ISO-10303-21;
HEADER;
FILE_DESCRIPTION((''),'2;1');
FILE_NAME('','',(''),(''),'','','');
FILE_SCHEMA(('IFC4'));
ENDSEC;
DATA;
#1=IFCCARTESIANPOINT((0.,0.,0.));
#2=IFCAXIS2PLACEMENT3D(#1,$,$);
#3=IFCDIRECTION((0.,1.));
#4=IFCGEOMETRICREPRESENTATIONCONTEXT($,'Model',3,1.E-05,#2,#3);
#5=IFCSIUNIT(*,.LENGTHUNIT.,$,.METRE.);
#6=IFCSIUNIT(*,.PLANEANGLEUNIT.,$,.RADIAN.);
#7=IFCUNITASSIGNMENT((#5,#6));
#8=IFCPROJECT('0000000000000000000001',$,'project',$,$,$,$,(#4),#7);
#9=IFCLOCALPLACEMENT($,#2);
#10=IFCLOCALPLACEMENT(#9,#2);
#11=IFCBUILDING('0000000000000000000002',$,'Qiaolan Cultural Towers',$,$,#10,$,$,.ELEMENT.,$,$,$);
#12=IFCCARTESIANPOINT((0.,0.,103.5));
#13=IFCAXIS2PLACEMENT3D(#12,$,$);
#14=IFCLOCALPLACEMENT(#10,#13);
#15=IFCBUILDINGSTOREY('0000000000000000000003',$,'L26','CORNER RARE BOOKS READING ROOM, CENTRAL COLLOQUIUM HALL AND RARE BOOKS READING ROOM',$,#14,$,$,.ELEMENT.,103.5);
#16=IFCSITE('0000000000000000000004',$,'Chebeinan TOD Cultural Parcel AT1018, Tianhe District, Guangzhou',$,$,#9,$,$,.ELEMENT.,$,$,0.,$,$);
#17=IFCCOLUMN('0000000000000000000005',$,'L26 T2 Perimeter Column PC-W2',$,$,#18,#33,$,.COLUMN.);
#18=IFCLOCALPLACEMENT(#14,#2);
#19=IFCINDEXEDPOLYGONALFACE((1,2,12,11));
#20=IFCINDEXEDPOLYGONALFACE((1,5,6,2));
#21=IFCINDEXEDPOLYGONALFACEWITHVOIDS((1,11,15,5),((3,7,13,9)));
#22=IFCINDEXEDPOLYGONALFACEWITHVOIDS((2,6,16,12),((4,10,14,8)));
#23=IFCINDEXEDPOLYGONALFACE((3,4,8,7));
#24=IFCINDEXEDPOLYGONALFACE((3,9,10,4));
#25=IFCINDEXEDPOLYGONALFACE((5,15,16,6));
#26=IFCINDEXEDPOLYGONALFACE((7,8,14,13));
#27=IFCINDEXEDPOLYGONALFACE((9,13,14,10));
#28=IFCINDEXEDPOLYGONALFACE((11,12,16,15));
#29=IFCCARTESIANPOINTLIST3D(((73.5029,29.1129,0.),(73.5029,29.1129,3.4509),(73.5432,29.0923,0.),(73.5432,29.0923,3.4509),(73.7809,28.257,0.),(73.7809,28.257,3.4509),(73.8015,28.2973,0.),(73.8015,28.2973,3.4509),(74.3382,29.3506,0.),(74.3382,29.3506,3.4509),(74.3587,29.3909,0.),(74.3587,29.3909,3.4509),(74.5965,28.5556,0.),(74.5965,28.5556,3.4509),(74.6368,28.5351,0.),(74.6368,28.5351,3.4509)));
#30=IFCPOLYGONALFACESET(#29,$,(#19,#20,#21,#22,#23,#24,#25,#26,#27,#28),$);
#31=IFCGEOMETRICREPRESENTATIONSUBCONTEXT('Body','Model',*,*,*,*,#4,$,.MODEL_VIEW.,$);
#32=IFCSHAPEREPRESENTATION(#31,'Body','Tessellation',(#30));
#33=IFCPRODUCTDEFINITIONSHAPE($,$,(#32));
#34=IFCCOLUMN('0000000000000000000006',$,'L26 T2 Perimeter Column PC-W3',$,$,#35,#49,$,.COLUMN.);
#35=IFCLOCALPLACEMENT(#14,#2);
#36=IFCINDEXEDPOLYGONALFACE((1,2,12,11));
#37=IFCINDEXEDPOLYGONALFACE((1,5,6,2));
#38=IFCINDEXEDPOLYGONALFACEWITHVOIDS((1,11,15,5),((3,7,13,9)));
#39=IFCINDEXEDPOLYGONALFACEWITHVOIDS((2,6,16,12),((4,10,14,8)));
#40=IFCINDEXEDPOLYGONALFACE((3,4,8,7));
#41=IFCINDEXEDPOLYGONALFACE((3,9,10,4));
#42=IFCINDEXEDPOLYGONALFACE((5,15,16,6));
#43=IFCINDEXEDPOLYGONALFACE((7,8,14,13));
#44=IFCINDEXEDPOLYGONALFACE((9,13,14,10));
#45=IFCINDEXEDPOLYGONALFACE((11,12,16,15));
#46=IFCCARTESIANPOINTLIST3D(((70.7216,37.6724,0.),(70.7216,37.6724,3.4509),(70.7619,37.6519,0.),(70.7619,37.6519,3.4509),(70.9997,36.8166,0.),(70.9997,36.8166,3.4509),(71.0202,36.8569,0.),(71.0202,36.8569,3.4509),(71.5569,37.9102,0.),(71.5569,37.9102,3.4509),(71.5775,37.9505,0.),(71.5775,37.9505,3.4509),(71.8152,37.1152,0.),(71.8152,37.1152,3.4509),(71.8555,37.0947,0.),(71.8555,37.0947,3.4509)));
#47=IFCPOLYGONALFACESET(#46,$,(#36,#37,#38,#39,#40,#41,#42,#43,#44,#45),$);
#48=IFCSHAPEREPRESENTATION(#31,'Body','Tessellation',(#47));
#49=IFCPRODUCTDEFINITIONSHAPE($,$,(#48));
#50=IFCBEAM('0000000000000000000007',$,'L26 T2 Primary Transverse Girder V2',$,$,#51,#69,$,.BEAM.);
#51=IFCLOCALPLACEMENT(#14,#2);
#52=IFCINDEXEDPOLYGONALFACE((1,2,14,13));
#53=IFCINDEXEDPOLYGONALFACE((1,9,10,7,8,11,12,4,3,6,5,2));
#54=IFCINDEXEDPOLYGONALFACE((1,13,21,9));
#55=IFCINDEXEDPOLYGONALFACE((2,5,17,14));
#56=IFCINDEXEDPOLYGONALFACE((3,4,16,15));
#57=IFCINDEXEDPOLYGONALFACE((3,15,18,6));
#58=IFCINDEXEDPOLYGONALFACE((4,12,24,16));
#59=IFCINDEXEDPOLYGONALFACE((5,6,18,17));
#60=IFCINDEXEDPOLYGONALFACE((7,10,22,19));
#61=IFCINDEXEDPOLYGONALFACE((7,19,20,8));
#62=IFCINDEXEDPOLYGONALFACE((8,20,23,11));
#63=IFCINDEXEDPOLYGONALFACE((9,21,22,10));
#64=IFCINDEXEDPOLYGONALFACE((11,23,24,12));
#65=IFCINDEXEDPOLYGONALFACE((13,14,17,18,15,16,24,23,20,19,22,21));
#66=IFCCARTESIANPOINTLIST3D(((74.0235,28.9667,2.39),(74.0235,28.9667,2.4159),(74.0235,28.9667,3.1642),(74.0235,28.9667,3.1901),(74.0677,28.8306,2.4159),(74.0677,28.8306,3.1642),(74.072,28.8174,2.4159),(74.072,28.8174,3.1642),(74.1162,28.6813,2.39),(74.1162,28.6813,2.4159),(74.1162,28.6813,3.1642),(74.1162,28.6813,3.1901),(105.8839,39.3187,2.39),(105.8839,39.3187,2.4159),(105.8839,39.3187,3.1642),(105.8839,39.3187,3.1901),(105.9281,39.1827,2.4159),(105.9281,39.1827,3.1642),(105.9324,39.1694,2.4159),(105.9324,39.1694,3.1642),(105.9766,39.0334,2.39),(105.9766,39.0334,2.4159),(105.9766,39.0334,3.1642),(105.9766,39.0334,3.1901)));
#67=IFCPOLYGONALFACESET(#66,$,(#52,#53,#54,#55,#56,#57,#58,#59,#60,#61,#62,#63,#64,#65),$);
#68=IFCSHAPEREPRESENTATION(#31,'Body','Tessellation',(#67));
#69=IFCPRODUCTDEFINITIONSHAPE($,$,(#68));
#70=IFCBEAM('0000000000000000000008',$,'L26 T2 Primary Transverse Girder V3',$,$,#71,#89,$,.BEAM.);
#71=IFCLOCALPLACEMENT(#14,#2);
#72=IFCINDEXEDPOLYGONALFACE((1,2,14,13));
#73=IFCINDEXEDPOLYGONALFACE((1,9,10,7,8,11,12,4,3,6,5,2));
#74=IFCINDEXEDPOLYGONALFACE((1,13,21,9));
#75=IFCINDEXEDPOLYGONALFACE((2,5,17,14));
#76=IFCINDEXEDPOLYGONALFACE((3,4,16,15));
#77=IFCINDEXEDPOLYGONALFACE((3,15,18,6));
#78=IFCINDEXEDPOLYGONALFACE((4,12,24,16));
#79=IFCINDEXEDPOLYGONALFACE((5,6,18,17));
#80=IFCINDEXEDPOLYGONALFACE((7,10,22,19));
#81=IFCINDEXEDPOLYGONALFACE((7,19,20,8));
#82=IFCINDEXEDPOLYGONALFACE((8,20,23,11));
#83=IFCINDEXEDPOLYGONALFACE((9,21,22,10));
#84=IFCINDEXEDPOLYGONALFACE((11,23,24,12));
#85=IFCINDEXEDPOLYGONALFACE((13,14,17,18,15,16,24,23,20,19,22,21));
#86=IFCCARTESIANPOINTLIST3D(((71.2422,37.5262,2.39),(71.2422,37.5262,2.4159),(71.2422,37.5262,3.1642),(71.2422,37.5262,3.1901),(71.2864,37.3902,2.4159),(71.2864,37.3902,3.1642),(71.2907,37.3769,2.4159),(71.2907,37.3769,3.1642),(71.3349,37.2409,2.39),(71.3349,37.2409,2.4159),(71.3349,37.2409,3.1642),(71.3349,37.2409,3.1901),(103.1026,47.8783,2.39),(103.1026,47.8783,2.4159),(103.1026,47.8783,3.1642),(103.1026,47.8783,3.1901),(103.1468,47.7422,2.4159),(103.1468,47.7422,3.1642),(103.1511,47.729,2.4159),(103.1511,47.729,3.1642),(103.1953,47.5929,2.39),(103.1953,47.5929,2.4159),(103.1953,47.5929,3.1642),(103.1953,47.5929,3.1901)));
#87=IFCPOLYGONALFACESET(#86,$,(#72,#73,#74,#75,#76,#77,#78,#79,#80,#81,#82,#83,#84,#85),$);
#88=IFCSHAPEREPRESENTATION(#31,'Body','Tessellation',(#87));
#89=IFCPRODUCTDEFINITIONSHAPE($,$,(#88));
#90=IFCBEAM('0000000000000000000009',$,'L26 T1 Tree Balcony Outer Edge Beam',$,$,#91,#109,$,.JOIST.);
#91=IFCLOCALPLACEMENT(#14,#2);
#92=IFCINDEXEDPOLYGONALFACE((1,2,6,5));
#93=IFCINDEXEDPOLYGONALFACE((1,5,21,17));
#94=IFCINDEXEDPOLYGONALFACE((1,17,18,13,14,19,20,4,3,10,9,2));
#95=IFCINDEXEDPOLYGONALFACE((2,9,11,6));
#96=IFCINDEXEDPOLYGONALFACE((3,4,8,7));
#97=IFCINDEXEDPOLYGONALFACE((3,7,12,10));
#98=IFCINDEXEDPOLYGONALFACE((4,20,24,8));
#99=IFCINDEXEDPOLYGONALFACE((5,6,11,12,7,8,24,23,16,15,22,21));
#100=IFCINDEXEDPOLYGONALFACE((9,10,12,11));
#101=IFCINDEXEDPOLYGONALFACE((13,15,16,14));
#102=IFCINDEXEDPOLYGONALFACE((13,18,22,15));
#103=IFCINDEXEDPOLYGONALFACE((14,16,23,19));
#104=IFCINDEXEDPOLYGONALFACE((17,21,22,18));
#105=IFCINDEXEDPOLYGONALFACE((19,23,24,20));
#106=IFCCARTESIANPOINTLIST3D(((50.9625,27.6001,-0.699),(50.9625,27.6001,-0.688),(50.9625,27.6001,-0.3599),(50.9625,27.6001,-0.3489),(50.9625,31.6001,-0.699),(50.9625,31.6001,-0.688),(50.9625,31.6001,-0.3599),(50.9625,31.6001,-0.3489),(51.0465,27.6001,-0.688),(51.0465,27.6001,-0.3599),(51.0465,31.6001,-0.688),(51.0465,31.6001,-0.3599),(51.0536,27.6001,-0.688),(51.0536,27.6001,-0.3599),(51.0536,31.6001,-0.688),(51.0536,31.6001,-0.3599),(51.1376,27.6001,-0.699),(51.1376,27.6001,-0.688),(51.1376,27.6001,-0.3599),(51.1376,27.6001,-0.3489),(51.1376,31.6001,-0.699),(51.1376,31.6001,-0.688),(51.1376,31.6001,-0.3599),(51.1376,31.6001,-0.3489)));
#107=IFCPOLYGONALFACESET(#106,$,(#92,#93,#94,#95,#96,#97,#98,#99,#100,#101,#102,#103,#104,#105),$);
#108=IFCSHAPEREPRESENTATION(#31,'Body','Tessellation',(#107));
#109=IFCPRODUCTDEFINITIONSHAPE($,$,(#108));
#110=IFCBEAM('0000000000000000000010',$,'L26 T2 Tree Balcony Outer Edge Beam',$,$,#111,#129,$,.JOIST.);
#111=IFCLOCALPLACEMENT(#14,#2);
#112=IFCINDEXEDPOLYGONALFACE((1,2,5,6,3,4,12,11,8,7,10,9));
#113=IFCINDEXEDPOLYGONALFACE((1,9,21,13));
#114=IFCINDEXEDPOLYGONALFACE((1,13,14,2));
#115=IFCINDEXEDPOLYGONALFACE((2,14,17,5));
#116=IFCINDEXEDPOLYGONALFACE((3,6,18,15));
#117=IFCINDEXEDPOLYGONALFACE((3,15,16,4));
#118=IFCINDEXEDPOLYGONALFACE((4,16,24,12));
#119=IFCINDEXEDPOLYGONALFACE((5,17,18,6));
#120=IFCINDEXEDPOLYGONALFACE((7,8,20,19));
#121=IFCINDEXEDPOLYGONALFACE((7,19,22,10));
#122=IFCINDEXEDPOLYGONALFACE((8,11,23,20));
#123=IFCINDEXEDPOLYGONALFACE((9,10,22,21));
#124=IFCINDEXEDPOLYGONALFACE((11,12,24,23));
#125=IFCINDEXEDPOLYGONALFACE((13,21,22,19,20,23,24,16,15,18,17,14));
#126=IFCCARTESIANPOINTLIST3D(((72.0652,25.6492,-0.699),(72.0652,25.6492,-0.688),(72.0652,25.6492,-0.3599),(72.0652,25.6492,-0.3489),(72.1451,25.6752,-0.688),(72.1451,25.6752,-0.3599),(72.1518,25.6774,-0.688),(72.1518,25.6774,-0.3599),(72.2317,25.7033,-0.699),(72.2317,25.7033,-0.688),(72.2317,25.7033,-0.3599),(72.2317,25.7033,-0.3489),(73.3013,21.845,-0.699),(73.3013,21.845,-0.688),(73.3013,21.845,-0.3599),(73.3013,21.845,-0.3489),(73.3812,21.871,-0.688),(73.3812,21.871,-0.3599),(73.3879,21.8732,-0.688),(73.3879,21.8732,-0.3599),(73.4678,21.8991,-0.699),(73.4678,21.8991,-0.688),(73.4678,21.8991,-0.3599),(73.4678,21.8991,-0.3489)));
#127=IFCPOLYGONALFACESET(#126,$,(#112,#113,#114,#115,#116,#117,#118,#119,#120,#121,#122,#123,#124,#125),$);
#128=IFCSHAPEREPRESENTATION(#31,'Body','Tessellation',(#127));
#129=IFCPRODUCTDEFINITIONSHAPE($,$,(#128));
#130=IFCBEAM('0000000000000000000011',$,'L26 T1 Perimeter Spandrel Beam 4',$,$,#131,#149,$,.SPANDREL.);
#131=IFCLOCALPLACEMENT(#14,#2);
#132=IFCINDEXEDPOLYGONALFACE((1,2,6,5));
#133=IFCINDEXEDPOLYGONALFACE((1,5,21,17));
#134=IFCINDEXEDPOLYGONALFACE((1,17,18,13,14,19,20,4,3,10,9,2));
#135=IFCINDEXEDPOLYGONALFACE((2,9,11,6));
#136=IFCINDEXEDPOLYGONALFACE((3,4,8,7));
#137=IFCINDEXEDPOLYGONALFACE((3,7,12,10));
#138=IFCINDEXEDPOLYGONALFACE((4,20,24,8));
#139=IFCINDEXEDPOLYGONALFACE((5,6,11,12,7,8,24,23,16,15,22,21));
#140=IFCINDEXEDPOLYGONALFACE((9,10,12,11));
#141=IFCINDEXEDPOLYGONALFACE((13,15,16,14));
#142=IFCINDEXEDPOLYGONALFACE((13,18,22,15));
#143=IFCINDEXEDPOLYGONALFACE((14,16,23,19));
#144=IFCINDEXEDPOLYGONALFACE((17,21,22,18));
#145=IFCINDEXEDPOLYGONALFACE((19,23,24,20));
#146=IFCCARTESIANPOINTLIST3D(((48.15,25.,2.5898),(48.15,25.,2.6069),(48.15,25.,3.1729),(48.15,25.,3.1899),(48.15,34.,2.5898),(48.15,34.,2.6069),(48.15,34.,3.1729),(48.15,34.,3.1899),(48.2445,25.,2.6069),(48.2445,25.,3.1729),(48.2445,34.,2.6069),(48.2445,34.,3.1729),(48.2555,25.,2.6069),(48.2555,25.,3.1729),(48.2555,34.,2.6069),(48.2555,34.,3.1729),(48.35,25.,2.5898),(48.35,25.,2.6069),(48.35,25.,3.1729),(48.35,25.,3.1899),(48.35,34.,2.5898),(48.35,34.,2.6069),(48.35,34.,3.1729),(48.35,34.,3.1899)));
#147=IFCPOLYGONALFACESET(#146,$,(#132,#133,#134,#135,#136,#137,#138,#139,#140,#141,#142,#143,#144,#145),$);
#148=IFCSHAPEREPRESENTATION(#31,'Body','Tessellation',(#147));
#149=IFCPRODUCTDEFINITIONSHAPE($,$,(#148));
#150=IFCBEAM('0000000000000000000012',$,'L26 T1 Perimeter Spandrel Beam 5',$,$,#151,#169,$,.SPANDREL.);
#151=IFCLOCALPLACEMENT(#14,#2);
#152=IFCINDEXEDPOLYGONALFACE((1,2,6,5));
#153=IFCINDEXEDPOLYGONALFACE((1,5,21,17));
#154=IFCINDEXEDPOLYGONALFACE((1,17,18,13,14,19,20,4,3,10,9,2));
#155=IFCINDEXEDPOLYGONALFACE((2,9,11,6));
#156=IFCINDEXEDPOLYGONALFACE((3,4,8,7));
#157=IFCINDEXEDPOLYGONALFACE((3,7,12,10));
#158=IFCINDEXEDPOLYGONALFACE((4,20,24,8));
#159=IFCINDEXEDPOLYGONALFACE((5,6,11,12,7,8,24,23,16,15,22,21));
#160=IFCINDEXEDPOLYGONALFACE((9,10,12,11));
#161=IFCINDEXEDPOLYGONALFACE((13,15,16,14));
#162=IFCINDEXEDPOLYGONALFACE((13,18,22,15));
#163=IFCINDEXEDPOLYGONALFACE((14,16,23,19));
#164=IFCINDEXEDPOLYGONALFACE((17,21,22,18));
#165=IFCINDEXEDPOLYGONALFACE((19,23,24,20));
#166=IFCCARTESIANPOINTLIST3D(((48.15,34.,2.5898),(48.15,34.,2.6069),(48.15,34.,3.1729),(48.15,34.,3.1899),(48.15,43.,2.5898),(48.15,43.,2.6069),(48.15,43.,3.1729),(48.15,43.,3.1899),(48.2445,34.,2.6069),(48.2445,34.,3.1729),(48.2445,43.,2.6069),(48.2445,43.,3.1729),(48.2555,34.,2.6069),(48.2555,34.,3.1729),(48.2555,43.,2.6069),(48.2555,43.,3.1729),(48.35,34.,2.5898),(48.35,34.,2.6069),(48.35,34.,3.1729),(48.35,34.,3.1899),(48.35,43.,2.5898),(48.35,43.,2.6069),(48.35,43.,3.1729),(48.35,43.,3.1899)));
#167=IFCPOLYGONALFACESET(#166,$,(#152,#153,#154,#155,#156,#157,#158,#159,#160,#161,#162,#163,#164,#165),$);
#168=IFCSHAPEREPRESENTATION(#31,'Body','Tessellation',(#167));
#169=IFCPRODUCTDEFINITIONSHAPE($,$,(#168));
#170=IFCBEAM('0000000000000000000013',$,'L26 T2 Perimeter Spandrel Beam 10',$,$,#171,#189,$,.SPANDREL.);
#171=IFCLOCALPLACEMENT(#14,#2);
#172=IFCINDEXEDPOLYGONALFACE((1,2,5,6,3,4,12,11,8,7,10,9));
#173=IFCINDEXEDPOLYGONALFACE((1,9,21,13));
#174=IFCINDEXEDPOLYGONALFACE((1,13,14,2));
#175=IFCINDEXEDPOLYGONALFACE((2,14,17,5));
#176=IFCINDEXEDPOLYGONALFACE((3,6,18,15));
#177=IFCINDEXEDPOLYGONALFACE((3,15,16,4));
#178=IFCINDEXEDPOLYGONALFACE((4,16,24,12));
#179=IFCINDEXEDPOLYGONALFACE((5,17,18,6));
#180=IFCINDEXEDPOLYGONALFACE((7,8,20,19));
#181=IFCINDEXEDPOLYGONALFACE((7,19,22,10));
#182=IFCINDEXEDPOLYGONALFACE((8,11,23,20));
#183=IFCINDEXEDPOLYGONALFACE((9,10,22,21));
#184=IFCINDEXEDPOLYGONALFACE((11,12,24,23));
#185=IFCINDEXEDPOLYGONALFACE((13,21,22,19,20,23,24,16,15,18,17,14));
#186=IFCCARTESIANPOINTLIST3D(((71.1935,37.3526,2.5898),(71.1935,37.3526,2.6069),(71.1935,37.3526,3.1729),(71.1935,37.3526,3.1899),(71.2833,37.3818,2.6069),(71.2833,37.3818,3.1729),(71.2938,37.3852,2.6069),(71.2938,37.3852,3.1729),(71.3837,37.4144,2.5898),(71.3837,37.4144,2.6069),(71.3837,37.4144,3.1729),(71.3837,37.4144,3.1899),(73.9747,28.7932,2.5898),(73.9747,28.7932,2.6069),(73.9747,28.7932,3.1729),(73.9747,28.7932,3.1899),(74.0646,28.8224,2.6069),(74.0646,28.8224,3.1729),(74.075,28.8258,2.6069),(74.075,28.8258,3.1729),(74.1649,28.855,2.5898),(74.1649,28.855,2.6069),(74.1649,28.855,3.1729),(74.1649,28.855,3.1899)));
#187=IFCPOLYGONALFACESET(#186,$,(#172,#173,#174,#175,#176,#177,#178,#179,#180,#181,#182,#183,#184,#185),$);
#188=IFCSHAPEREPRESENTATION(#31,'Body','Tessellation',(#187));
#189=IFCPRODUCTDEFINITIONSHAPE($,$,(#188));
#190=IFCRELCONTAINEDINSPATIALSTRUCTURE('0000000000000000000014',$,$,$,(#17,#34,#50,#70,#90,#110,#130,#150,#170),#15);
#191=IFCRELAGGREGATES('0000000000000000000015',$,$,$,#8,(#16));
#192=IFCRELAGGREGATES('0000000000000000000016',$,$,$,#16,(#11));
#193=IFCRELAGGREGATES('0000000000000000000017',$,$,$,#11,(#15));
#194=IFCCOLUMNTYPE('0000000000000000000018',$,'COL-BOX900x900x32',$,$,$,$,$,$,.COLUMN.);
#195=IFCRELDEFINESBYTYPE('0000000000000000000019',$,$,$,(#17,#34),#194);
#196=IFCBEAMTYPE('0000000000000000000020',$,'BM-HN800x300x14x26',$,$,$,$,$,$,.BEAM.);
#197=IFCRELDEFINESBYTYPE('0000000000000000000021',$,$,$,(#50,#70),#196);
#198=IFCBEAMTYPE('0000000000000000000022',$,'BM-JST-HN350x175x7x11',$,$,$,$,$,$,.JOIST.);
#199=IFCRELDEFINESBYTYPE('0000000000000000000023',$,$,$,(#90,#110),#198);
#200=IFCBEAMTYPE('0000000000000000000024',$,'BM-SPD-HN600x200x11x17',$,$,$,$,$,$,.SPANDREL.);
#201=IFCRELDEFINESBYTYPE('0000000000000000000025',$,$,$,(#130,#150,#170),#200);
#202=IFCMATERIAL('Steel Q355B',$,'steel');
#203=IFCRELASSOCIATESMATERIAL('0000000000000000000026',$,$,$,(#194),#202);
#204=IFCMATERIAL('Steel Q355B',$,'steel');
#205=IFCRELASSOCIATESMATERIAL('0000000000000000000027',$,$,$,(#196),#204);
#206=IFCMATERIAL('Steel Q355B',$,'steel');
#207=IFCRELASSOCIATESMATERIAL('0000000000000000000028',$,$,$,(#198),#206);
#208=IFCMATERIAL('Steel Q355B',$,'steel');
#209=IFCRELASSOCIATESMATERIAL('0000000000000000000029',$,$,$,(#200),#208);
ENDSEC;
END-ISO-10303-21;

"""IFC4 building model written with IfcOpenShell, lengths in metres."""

from ifc_helpers import new_model, si_unit, direction, frame, origin, origin_2d, place, context, subcontext, project, spatial, hollow_rectangle, i_section, extrude, material, material_profile, profile_set, type_object, element, save


model = new_model("IFC4")

# Units and contexts
model_context = context("Model", 3, precision=1e-05, world=origin(), true_north=direction((0.0, 1.0)))
body_context = subcontext(model_context, "Body", "Model", "MODEL_VIEW")
ifc_project = project(units=[si_unit("LENGTHUNIT", "METRE"), si_unit("PLANEANGLEUNIT", "RADIAN")], contexts=[model_context])

# Site, building, storey
site_placement = place(None, origin())
site = spatial("IfcSite", under=ifc_project, at=site_placement, Name="Chebeinan TOD Cultural Parcel AT1018, Tianhe District, Guangzhou", CompositionType="ELEMENT", RefElevation=0.0)
building_placement = place(site_placement, origin())
building = spatial("IfcBuilding", under=site, at=building_placement, Name="Qiaolan Cultural Towers", CompositionType="ELEMENT")
storey_placement = place(building_placement, frame((0.0, 0.0, 103.5)))
storey = spatial("IfcBuildingStorey", under=building, at=storey_placement, Name="L26", Description="CORNER RARE BOOKS READING ROOM, CENTRAL COLLOQUIUM HALL AND RARE BOOKS READING ROOM", CompositionType="ELEMENT", Elevation=103.5)

# Columns
ifc_material_1 = material(Name="Steel Q355B", Category="steel")
ifc_material_profile_1 = material_profile(ifc_material_1, hollow_rectangle(XDim=0.8999, YDim=0.8999, WallThickness=0.032, at=origin_2d()), Name="BOX900x900x32")
ifc_profile_set_1 = profile_set([ifc_material_profile_1], Name="Steel Q355B")
column_type = type_object("IfcColumnType", Name="COL-BOX900x900x32", PredefinedType="COLUMN", material=ifc_profile_set_1)
for number, where, z_axis, x_axis, name in (
    (1, (74.0698, 28.824, 0.0), (0.0, 0.0, 1.0), (0.951057, 0.309017, 0.0), "L26 T2 Perimeter Column PC-W2"),
    (2, (71.2886, 37.3835, 0.0), (0.0, 0.0, 1.0), (0.951057, 0.309017, 0.0), "L26 T2 Perimeter Column PC-W3"),
):
    element("IfcColumn", number, at=place(storey_placement, frame(where, z_axis=z_axis, x_axis=x_axis)), inside=storey, type_object=column_type, Name=name, PredefinedType="COLUMN", context=body_context, shape_type="SweptSolid", body=[
        extrude(hollow_rectangle(XDim=0.8999, YDim=0.8999, WallThickness=0.032, at=origin_2d()), origin(), (0.0, 0.0, 1.0), 3.4509),
    ])

# Beams
ifc_material_2 = material(Name="Steel Q355B", Category="steel")
ifc_material_profile_2 = material_profile(ifc_material_2, i_section(OverallWidth=0.3, OverallDepth=0.8, WebThickness=0.0139, FlangeThickness=0.0259, at=origin_2d()), Name="HN800x300x14x26")
ifc_profile_set_2 = profile_set([ifc_material_profile_2], Name="Steel Q355B")
beam_type_1 = type_object("IfcBeamType", Name="BM-HN800x300x14x26", PredefinedType="BEAM", material=ifc_profile_set_2)
for number, where, z_axis, x_axis, name in (
    (3, (74.0698, 28.824, 2.79), (0.951057, 0.309017, 0.0), (-0.309017, 0.951057, 0.0), "L26 T2 Primary Transverse Girder V2"),
    (4, (71.2886, 37.3835, 2.79), (0.951057, 0.309017, 0.0), (-0.309017, 0.951057, 0.0), "L26 T2 Primary Transverse Girder V3"),
):
    element("IfcBeam", number, at=place(storey_placement, frame(where, z_axis=z_axis, x_axis=x_axis)), inside=storey, type_object=beam_type_1, Name=name, PredefinedType="BEAM", context=body_context, shape_type="SweptSolid", body=[
        extrude(i_section(OverallWidth=0.3, OverallDepth=0.8, WebThickness=0.0139, FlangeThickness=0.0259, at=origin_2d()), origin(), (0.0, 0.0, 1.0), 33.5),
    ])
ifc_material_3 = material(Name="Steel Q355B", Category="steel")
ifc_material_profile_3 = material_profile(ifc_material_3, i_section(OverallWidth=0.175, OverallDepth=0.3501, WebThickness=0.0071, FlangeThickness=0.011, at=origin_2d()), Name="HN350x175x7x11")
ifc_profile_set_3 = profile_set([ifc_material_profile_3], Name="Steel Q355B")
beam_type_2 = type_object("IfcBeamType", Name="BM-JST-HN350x175x7x11", PredefinedType="JOIST", material=ifc_profile_set_3)
for number, where, z_axis, x_axis, name in (
    (5, (51.05, 27.6001, -0.5239), (0.0, 1.0, 0.0), (-1.0, 0.0, 0.0), "L26 T1 Tree Balcony Outer Edge Beam"),
    (6, (73.3845, 21.8721, -0.5239), (-0.309023, 0.951055, 0.0), (-0.951055, -0.309023, 0.0), "L26 T2 Tree Balcony Outer Edge Beam"),
):
    element("IfcBeam", number, at=place(storey_placement, frame(where, z_axis=z_axis, x_axis=x_axis)), inside=storey, type_object=beam_type_2, Name=name, PredefinedType="JOIST", context=body_context, shape_type="SweptSolid", body=[
        extrude(i_section(OverallWidth=0.175, OverallDepth=0.3501, WebThickness=0.0071, FlangeThickness=0.011, at=origin_2d()), origin(), (0.0, 0.0, 1.0), 4.0),
    ])
ifc_material_4 = material(Name="Steel Q355B", Category="steel")
ifc_material_profile_4 = material_profile(ifc_material_4, i_section(OverallWidth=0.2, OverallDepth=0.6001, WebThickness=0.011, FlangeThickness=0.0171, at=origin_2d()), Name="HN600x200x11x17")
ifc_profile_set_4 = profile_set([ifc_material_profile_4], Name="Steel Q355B")
beam_type_3 = type_object("IfcBeamType", Name="BM-SPD-HN600x200x11x17", PredefinedType="SPANDREL", material=ifc_profile_set_4)
for number, where, z_axis, x_axis, name in (
    (7, (48.25, 25.0, 2.8899), (0.0, 1.0, 0.0), (-1.0, 0.0, 0.0), "L26 T1 Perimeter Spandrel Beam 4"),
    (8, (48.25, 34.0, 2.8899), (0.0, 1.0, 0.0), (-1.0, 0.0, 0.0), "L26 T1 Perimeter Spandrel Beam 5"),
    (9, (71.2886, 37.3835, 2.8899), (0.309025, -0.951054, 0.0), (0.951054, 0.309025, 0.0), "L26 T2 Perimeter Spandrel Beam 10"),
):
    element("IfcBeam", number, at=place(storey_placement, frame(where, z_axis=z_axis, x_axis=x_axis)), inside=storey, type_object=beam_type_3, Name=name, PredefinedType="SPANDREL", context=body_context, shape_type="SweptSolid", body=[
        extrude(i_section(OverallWidth=0.2, OverallDepth=0.6001, WebThickness=0.011, FlangeThickness=0.0171, at=origin_2d()), origin(), (0.0, 0.0, 1.0), 9.0),
    ])

save(model, "model.ifc")
